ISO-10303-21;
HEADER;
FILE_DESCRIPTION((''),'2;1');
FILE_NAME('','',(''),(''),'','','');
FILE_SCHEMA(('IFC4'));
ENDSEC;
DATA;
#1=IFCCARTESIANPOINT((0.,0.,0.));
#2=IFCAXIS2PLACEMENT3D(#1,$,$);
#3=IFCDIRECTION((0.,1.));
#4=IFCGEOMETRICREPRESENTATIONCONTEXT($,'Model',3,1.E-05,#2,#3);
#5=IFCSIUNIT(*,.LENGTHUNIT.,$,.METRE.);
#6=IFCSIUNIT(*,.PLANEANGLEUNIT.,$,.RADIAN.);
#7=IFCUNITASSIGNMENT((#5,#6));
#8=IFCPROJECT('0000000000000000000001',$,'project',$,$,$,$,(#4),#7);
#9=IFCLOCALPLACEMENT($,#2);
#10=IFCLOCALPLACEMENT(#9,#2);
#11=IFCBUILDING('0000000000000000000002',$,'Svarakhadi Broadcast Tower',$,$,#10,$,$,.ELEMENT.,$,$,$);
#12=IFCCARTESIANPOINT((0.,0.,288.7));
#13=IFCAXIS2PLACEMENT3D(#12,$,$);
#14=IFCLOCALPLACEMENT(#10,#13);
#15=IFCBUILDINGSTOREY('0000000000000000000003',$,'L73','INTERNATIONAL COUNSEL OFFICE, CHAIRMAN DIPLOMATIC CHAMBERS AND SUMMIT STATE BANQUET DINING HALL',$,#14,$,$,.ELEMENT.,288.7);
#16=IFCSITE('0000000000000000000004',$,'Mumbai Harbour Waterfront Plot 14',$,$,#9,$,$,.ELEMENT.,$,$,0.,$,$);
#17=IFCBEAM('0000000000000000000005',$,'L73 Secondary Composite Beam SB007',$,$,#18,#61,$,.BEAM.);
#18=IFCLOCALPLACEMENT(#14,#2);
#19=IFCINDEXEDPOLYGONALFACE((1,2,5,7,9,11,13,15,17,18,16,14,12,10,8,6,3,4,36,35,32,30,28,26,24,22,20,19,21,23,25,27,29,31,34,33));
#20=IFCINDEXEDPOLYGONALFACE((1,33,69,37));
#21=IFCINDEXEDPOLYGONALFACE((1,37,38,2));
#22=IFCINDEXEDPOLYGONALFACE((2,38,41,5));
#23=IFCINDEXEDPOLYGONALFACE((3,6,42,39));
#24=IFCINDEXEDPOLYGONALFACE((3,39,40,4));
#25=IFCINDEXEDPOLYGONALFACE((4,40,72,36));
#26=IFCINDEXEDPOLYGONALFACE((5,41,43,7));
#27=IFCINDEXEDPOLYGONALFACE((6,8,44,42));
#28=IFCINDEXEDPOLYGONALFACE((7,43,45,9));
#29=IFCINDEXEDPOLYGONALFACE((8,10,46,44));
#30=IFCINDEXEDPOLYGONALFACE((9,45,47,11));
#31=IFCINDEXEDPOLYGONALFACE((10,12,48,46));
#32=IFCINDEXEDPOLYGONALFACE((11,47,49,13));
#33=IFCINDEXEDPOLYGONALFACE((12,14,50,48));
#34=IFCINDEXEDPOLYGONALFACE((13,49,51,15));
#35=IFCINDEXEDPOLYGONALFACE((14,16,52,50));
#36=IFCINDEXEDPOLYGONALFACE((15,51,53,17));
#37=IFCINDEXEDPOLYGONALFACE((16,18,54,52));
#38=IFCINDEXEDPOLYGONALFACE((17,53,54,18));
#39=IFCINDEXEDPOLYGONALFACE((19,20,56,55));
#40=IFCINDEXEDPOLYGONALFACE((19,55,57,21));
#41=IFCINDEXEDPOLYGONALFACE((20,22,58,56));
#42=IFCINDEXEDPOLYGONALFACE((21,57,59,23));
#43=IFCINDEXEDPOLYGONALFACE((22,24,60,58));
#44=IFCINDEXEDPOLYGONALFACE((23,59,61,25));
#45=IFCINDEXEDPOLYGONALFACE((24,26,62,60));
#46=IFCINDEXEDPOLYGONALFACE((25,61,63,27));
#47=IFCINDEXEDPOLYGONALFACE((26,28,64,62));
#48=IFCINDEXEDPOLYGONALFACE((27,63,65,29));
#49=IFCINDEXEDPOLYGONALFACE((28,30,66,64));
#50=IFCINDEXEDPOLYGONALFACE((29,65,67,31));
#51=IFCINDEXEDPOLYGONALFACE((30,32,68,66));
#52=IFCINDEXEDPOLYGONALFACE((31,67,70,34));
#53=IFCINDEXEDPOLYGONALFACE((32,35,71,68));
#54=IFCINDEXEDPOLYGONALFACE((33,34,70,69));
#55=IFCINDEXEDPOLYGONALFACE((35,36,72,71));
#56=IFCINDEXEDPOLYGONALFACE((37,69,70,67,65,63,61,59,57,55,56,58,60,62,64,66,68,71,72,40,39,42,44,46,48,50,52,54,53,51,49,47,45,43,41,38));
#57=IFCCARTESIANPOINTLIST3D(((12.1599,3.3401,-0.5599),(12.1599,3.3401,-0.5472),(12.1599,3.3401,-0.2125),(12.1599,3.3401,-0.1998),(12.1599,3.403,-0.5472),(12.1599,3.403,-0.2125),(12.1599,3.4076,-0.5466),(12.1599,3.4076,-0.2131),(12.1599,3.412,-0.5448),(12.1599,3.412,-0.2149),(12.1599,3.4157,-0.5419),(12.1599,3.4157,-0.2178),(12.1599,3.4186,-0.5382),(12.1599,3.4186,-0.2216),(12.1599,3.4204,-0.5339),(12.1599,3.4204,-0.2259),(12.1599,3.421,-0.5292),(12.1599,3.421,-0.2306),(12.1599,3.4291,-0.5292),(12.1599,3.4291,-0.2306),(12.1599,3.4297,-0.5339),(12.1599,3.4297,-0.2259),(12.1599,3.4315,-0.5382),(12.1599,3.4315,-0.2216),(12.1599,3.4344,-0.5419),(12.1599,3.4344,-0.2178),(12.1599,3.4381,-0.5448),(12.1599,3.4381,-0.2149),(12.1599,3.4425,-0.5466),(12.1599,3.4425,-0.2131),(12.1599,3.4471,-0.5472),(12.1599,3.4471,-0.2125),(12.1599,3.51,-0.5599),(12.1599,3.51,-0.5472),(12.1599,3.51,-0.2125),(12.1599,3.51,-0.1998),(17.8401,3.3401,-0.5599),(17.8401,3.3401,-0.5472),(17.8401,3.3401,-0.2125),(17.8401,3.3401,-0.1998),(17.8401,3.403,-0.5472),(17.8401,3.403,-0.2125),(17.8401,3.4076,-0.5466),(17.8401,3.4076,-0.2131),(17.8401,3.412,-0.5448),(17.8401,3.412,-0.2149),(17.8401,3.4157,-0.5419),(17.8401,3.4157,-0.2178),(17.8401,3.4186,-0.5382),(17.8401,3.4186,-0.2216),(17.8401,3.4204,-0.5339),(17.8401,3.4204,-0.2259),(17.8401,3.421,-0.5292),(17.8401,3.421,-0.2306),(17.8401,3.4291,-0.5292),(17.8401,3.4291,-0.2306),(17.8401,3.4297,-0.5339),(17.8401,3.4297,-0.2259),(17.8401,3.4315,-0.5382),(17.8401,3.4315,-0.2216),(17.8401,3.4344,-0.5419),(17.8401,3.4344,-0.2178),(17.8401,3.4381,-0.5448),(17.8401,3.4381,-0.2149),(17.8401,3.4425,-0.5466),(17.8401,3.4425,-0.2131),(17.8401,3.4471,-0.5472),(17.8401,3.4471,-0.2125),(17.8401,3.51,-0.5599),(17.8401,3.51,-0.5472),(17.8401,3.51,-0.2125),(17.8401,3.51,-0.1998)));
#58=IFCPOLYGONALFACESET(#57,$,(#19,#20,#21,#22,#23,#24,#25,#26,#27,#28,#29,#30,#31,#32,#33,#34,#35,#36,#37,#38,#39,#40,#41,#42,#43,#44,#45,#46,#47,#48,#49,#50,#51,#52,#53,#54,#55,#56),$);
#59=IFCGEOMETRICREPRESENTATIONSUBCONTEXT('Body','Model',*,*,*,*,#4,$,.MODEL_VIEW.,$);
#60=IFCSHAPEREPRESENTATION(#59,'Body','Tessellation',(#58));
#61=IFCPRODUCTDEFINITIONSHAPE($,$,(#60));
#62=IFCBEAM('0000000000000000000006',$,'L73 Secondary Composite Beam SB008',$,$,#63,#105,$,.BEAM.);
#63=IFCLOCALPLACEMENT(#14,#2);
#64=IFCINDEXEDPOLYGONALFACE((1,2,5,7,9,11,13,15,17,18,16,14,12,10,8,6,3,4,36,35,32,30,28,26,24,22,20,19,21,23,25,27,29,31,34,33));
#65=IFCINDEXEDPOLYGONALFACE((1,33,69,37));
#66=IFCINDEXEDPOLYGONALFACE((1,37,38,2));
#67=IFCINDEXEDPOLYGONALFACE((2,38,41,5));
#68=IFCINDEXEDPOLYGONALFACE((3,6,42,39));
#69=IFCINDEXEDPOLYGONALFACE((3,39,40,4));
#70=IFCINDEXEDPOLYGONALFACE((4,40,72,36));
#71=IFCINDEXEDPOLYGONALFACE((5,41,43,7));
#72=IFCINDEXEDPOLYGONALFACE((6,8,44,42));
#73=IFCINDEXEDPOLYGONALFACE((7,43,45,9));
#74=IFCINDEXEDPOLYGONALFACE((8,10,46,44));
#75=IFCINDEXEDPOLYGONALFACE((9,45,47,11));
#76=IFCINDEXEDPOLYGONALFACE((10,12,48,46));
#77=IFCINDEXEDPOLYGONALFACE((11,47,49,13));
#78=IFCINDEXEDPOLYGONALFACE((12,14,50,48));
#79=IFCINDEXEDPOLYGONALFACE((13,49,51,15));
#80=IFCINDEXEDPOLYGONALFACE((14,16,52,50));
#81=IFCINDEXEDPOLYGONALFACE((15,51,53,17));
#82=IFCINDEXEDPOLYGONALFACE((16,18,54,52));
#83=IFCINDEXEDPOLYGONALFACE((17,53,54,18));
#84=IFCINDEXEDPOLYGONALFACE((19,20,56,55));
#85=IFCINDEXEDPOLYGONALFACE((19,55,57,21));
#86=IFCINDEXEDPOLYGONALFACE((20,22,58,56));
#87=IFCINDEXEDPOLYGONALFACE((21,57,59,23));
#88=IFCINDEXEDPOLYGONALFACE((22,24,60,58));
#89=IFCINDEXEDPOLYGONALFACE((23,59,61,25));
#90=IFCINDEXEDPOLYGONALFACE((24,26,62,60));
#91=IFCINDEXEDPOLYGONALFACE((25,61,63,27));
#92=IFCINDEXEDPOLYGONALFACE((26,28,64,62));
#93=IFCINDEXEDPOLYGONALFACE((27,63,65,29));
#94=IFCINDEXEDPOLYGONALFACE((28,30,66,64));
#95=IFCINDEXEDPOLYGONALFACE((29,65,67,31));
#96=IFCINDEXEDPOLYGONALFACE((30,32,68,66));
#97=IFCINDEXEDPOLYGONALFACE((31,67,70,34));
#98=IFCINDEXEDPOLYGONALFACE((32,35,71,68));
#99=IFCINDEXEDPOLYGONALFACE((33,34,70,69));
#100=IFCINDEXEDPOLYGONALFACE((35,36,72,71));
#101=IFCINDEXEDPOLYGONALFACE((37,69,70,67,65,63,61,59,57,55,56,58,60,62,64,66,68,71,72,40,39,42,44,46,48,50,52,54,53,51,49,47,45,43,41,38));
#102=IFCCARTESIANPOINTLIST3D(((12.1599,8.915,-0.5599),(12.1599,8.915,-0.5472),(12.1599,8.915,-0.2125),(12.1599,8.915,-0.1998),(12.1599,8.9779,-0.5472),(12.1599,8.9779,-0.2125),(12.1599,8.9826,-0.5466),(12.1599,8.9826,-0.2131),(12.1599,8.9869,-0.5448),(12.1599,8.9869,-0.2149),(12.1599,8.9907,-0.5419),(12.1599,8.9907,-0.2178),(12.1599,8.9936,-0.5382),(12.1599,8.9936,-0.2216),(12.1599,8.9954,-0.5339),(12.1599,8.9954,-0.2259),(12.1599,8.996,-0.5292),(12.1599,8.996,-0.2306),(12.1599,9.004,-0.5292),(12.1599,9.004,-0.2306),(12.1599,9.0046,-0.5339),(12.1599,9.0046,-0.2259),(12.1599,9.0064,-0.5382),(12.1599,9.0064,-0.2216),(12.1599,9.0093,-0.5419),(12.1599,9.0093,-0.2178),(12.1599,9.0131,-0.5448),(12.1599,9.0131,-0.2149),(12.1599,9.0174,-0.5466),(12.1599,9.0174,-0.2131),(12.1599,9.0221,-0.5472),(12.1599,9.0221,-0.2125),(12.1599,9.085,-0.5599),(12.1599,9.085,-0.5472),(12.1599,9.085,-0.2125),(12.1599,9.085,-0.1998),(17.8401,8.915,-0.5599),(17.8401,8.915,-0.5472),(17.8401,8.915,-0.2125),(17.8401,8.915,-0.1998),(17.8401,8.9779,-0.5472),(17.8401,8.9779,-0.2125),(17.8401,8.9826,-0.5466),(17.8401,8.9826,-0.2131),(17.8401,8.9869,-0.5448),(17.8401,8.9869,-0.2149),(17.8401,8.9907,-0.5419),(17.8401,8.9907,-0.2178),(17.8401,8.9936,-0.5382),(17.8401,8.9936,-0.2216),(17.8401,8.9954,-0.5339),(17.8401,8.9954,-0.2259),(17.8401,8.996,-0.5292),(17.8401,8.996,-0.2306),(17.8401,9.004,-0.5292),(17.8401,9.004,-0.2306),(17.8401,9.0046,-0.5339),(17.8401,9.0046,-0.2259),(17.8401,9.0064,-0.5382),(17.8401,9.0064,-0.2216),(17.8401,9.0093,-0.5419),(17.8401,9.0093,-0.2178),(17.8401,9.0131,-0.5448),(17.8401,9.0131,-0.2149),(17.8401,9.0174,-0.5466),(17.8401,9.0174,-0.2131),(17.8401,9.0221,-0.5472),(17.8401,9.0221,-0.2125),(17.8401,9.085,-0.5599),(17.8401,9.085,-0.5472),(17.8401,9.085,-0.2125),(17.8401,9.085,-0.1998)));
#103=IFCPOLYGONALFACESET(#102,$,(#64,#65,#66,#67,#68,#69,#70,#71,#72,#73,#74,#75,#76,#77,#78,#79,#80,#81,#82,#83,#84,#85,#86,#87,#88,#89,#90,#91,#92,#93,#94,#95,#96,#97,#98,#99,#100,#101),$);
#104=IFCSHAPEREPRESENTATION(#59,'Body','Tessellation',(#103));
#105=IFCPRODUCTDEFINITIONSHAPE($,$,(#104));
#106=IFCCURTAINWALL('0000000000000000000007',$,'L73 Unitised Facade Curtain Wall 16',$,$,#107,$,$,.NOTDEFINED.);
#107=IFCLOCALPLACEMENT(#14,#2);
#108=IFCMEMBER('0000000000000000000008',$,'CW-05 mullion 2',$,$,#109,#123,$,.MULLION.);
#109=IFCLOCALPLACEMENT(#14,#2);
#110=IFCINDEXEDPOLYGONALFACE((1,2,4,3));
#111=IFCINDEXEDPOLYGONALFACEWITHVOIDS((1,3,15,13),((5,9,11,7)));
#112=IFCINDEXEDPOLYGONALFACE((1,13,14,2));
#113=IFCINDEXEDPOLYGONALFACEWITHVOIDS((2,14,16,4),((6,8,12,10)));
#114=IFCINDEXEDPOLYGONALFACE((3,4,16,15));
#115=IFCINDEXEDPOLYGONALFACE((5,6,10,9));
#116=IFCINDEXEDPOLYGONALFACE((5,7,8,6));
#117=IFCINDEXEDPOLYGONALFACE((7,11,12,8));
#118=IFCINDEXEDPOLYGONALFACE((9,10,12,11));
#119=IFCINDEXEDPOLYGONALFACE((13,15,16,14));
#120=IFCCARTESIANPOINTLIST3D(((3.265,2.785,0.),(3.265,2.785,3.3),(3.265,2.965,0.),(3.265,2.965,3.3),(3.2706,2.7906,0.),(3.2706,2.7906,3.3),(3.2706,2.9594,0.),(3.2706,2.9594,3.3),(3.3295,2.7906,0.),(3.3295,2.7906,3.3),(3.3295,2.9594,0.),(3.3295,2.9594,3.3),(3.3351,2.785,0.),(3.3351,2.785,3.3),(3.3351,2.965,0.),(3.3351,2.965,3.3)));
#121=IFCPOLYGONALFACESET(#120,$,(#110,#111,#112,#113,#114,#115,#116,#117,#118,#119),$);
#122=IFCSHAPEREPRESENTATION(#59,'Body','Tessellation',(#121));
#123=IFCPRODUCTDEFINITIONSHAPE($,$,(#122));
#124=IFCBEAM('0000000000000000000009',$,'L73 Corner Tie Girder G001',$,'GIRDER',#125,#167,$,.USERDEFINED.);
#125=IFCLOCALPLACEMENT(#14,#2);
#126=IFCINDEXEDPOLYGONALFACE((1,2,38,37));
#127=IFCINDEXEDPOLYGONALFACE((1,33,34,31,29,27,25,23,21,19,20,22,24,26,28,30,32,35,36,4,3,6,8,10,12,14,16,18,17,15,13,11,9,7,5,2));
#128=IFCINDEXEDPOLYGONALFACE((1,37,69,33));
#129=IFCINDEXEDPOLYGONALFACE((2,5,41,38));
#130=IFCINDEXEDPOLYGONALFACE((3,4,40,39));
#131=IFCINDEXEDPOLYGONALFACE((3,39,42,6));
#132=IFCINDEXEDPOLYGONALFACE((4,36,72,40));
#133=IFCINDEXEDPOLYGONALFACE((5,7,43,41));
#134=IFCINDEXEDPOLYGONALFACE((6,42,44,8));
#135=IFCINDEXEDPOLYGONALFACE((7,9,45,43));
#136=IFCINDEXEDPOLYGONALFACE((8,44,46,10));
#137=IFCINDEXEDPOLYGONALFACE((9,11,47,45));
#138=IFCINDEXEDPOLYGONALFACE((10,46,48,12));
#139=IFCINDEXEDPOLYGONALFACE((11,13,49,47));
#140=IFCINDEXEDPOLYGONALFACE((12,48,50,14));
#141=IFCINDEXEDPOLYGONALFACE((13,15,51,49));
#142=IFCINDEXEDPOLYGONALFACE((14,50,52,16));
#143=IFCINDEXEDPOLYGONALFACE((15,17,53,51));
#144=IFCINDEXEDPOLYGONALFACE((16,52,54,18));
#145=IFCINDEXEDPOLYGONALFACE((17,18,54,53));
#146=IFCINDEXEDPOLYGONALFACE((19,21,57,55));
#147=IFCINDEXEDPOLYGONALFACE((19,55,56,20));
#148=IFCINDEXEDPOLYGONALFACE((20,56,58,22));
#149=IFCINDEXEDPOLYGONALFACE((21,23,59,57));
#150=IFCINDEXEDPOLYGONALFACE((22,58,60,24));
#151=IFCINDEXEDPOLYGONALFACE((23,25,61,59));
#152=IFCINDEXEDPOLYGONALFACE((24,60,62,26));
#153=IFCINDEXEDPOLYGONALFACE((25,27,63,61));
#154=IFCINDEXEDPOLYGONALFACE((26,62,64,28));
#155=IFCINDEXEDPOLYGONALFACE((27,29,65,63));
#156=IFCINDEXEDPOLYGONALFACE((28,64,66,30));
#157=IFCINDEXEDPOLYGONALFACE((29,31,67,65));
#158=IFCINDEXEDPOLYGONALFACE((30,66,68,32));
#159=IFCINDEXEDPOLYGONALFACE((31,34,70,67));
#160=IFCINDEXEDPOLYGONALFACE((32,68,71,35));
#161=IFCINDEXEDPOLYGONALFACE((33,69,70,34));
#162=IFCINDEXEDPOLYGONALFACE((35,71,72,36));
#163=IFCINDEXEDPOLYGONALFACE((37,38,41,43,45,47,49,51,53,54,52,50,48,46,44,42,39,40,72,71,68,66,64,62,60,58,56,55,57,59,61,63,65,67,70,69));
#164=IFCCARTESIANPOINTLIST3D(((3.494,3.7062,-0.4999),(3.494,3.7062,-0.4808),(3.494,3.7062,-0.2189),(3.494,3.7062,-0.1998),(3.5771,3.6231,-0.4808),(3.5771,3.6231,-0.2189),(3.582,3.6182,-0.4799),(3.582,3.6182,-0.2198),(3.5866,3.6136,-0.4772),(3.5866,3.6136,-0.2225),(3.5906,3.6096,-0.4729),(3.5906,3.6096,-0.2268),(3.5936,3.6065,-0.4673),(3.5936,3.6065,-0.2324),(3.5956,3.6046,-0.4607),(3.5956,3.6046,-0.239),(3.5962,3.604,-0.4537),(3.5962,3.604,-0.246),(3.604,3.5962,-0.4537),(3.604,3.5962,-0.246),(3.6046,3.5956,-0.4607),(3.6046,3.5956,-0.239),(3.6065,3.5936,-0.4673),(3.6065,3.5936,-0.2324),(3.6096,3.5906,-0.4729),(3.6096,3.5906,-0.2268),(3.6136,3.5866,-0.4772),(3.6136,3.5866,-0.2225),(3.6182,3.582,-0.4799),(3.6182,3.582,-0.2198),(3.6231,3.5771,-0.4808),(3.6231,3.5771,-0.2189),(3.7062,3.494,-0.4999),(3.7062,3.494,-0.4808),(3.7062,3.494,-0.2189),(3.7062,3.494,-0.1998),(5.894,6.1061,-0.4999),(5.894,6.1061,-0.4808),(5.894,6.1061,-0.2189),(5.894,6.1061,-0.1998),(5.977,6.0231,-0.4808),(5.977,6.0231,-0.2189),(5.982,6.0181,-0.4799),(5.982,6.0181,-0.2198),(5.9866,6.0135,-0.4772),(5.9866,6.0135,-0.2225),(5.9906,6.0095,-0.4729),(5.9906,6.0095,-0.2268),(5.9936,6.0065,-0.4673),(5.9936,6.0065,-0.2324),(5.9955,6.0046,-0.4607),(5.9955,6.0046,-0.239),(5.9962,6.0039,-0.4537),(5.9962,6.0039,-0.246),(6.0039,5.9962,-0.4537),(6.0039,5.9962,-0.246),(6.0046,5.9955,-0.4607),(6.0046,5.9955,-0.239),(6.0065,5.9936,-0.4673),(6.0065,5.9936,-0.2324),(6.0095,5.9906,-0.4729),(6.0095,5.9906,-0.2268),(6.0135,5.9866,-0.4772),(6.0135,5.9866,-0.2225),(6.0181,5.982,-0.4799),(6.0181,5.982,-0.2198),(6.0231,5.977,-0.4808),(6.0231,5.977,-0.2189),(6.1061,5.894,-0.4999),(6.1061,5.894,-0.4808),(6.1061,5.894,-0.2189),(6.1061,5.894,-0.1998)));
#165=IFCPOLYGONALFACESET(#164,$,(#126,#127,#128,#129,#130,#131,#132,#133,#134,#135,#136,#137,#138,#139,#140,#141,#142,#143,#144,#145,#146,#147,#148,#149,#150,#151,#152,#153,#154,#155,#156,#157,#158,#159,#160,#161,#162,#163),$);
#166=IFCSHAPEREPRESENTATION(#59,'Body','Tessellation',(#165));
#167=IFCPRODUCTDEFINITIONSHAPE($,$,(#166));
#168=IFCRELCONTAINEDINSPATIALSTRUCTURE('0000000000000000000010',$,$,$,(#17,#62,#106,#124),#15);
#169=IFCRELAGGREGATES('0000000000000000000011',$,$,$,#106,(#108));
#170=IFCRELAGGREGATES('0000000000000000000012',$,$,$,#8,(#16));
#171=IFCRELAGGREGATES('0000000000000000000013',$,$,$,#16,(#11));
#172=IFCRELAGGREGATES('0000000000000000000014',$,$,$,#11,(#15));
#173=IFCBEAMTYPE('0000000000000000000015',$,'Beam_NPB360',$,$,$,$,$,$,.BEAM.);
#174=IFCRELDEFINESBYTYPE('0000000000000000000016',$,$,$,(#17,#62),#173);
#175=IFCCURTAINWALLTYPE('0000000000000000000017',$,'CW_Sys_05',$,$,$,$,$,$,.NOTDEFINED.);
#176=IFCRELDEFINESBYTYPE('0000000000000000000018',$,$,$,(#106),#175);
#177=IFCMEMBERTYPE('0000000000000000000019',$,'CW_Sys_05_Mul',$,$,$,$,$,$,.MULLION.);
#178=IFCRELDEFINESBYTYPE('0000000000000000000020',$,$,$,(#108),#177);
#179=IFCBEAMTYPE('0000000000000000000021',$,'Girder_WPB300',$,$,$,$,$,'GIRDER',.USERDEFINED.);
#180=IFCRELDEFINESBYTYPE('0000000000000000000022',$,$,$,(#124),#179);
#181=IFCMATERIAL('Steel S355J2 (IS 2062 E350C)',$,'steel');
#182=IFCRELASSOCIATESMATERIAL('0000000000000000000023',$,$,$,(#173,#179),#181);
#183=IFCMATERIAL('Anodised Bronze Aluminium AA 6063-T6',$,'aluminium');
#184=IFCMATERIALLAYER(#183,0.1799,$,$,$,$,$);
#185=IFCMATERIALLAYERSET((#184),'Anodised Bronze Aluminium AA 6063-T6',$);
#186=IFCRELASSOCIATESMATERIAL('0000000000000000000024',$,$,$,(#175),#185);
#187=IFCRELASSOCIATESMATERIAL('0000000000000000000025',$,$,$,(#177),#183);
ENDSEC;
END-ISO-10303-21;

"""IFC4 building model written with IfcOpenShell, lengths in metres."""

from ifc_helpers import new_model, si_unit, direction, frame, origin, origin_2d, place, context, subcontext, project, spatial, hollow_rectangle, i_section, extrude, material, layer, layer_set, material_profile, profile_set, type_object, element, aggregate, save


model = new_model("IFC4")

# Units and contexts
model_context = context("Model", 3, precision=1e-05, world=origin(), true_north=direction((0.0, 1.0)))
body_context = subcontext(model_context, "Body", "Model", "MODEL_VIEW")
ifc_project = project(units=[si_unit("LENGTHUNIT", "METRE"), si_unit("PLANEANGLEUNIT", "RADIAN")], contexts=[model_context])

# Site, building, storey
site_placement = place(None, origin())
site = spatial("IfcSite", under=ifc_project, at=site_placement, Name="Mumbai Harbour Waterfront Plot 14", CompositionType="ELEMENT", RefElevation=0.0)
building_placement = place(site_placement, origin())
building = spatial("IfcBuilding", under=site, at=building_placement, Name="Svarakhadi Broadcast Tower", CompositionType="ELEMENT")
storey_placement = place(building_placement, frame((0.0, 0.0, 288.7)))
storey = spatial("IfcBuildingStorey", under=building, at=storey_placement, Name="L73", Description="INTERNATIONAL COUNSEL OFFICE, CHAIRMAN DIPLOMATIC CHAMBERS AND SUMMIT STATE BANQUET DINING HALL", CompositionType="ELEMENT", Elevation=288.7)

# Beams
ifc_material_1 = material(Name="Steel S355J2 (IS 2062 E350C)", Category="steel")
ifc_material_profile_1 = material_profile(ifc_material_1, i_section(OverallWidth=0.1699, OverallDepth=0.3601, WebThickness=0.0081, FlangeThickness=0.0127, FilletRadius=0.0181, at=origin_2d()), Name="NPB 360x170x57")
ifc_profile_set_1 = profile_set([ifc_material_profile_1], Name="Steel S355J2 (IS 2062 E350C)")
beam_type_1 = type_object("IfcBeamType", Name="Beam_NPB360", PredefinedType="BEAM", material=ifc_profile_set_1)
for number, where, z_axis, x_axis, name in (
    (1, (12.1599, 3.425, -0.3799), (1.0, 0.0, 0.0), (0.0, 1.0, 0.0), "L73 Secondary Composite Beam SB007"),
    (2, (12.1599, 9.0, -0.3799), (1.0, 0.0, 0.0), (0.0, 1.0, 0.0), "L73 Secondary Composite Beam SB008"),
):
    element("IfcBeam", number, at=place(storey_placement, frame(where, z_axis=z_axis, x_axis=x_axis)), inside=storey, type_object=beam_type_1, Name=name, PredefinedType="BEAM", context=body_context, shape_type="SweptSolid", body=[
        extrude(i_section(OverallWidth=0.1699, OverallDepth=0.3601, WebThickness=0.0081, FlangeThickness=0.0127, FilletRadius=0.0181, at=origin_2d()), origin(), (0.0, 0.0, 1.0), 5.6802),
    ])

# Curtain wall, member
ifc_material_2 = material(Name="Anodised Bronze Aluminium AA 6063-T6", Category="aluminium")
ifc_layer_1 = layer(ifc_material_2, 0.1799)
ifc_layer_set_1 = layer_set([ifc_layer_1], Name="Anodised Bronze Aluminium AA 6063-T6")
curtain_wall_type = type_object("IfcCurtainWallType", Name="CW_Sys_05", PredefinedType="NOTDEFINED", material=ifc_layer_set_1)
curtain_wall_placement = place(storey_placement, origin())
curtain_wall = element("IfcCurtainWall", 3, at=curtain_wall_placement, inside=storey, type_object=curtain_wall_type, Name="L73 Unitised Facade Curtain Wall 16", PredefinedType="NOTDEFINED")
ifc_material_profile_2 = material_profile(ifc_material_2, hollow_rectangle(XDim=0.0701, YDim=0.1799, WallThickness=0.0056, at=origin_2d()), Name="ALU MULLION 180x70x6")
ifc_profile_set_2 = profile_set([ifc_material_profile_2], Name="Anodised Bronze Aluminium AA 6063-T6")
member_type = type_object("IfcMemberType", Name="CW_Sys_05_Mul", PredefinedType="MULLION", material=ifc_profile_set_2)
member_placement = place(storey_placement, frame((3.3, 2.875, 0.0), z_axis=(0.0, 0.0, 1.0), x_axis=(-1.0, 0.0, 0.0)))
member = element("IfcMember", 4, at=member_placement, type_object=member_type, Name="CW-05 mullion 2", PredefinedType="MULLION", context=body_context, shape_type="SweptSolid", body=[
    extrude(hollow_rectangle(XDim=0.0701, YDim=0.1799, WallThickness=0.0056, at=origin_2d()), origin(), (0.0, 0.0, 1.0), 3.3),
])
aggregate(curtain_wall, [member])

# Beam
ifc_material_profile_3 = material_profile(ifc_material_1, i_section(OverallWidth=0.3, OverallDepth=0.3, WebThickness=0.011, FlangeThickness=0.019, FilletRadius=0.0271, at=origin_2d()), Name="WPB 300x300x117")
ifc_profile_set_3 = profile_set([ifc_material_profile_3], Name="Steel S355J2 (IS 2062 E350C)")
beam_type_2 = type_object("IfcBeamType", Name="Girder_WPB300", ElementType="GIRDER", PredefinedType="USERDEFINED", material=ifc_profile_set_3)
beam_1_placement = place(storey_placement, frame((3.6001, 3.6001, -0.3499), z_axis=(0.707107, 0.707107, 0.0), x_axis=(-0.707107, 0.707107, 0.0)))
element("IfcBeam", 5, at=beam_1_placement, inside=storey, type_object=beam_type_2, Name="L73 Corner Tie Girder G001", ObjectType="GIRDER", PredefinedType="USERDEFINED", context=body_context, shape_type="SweptSolid", body=[
    extrude(i_section(OverallWidth=0.3, OverallDepth=0.3, WebThickness=0.011, FlangeThickness=0.019, FilletRadius=0.0271, at=origin_2d()), origin(), (0.0, 0.0, 1.0), 3.394),
])

save(model, "model.ifc")
